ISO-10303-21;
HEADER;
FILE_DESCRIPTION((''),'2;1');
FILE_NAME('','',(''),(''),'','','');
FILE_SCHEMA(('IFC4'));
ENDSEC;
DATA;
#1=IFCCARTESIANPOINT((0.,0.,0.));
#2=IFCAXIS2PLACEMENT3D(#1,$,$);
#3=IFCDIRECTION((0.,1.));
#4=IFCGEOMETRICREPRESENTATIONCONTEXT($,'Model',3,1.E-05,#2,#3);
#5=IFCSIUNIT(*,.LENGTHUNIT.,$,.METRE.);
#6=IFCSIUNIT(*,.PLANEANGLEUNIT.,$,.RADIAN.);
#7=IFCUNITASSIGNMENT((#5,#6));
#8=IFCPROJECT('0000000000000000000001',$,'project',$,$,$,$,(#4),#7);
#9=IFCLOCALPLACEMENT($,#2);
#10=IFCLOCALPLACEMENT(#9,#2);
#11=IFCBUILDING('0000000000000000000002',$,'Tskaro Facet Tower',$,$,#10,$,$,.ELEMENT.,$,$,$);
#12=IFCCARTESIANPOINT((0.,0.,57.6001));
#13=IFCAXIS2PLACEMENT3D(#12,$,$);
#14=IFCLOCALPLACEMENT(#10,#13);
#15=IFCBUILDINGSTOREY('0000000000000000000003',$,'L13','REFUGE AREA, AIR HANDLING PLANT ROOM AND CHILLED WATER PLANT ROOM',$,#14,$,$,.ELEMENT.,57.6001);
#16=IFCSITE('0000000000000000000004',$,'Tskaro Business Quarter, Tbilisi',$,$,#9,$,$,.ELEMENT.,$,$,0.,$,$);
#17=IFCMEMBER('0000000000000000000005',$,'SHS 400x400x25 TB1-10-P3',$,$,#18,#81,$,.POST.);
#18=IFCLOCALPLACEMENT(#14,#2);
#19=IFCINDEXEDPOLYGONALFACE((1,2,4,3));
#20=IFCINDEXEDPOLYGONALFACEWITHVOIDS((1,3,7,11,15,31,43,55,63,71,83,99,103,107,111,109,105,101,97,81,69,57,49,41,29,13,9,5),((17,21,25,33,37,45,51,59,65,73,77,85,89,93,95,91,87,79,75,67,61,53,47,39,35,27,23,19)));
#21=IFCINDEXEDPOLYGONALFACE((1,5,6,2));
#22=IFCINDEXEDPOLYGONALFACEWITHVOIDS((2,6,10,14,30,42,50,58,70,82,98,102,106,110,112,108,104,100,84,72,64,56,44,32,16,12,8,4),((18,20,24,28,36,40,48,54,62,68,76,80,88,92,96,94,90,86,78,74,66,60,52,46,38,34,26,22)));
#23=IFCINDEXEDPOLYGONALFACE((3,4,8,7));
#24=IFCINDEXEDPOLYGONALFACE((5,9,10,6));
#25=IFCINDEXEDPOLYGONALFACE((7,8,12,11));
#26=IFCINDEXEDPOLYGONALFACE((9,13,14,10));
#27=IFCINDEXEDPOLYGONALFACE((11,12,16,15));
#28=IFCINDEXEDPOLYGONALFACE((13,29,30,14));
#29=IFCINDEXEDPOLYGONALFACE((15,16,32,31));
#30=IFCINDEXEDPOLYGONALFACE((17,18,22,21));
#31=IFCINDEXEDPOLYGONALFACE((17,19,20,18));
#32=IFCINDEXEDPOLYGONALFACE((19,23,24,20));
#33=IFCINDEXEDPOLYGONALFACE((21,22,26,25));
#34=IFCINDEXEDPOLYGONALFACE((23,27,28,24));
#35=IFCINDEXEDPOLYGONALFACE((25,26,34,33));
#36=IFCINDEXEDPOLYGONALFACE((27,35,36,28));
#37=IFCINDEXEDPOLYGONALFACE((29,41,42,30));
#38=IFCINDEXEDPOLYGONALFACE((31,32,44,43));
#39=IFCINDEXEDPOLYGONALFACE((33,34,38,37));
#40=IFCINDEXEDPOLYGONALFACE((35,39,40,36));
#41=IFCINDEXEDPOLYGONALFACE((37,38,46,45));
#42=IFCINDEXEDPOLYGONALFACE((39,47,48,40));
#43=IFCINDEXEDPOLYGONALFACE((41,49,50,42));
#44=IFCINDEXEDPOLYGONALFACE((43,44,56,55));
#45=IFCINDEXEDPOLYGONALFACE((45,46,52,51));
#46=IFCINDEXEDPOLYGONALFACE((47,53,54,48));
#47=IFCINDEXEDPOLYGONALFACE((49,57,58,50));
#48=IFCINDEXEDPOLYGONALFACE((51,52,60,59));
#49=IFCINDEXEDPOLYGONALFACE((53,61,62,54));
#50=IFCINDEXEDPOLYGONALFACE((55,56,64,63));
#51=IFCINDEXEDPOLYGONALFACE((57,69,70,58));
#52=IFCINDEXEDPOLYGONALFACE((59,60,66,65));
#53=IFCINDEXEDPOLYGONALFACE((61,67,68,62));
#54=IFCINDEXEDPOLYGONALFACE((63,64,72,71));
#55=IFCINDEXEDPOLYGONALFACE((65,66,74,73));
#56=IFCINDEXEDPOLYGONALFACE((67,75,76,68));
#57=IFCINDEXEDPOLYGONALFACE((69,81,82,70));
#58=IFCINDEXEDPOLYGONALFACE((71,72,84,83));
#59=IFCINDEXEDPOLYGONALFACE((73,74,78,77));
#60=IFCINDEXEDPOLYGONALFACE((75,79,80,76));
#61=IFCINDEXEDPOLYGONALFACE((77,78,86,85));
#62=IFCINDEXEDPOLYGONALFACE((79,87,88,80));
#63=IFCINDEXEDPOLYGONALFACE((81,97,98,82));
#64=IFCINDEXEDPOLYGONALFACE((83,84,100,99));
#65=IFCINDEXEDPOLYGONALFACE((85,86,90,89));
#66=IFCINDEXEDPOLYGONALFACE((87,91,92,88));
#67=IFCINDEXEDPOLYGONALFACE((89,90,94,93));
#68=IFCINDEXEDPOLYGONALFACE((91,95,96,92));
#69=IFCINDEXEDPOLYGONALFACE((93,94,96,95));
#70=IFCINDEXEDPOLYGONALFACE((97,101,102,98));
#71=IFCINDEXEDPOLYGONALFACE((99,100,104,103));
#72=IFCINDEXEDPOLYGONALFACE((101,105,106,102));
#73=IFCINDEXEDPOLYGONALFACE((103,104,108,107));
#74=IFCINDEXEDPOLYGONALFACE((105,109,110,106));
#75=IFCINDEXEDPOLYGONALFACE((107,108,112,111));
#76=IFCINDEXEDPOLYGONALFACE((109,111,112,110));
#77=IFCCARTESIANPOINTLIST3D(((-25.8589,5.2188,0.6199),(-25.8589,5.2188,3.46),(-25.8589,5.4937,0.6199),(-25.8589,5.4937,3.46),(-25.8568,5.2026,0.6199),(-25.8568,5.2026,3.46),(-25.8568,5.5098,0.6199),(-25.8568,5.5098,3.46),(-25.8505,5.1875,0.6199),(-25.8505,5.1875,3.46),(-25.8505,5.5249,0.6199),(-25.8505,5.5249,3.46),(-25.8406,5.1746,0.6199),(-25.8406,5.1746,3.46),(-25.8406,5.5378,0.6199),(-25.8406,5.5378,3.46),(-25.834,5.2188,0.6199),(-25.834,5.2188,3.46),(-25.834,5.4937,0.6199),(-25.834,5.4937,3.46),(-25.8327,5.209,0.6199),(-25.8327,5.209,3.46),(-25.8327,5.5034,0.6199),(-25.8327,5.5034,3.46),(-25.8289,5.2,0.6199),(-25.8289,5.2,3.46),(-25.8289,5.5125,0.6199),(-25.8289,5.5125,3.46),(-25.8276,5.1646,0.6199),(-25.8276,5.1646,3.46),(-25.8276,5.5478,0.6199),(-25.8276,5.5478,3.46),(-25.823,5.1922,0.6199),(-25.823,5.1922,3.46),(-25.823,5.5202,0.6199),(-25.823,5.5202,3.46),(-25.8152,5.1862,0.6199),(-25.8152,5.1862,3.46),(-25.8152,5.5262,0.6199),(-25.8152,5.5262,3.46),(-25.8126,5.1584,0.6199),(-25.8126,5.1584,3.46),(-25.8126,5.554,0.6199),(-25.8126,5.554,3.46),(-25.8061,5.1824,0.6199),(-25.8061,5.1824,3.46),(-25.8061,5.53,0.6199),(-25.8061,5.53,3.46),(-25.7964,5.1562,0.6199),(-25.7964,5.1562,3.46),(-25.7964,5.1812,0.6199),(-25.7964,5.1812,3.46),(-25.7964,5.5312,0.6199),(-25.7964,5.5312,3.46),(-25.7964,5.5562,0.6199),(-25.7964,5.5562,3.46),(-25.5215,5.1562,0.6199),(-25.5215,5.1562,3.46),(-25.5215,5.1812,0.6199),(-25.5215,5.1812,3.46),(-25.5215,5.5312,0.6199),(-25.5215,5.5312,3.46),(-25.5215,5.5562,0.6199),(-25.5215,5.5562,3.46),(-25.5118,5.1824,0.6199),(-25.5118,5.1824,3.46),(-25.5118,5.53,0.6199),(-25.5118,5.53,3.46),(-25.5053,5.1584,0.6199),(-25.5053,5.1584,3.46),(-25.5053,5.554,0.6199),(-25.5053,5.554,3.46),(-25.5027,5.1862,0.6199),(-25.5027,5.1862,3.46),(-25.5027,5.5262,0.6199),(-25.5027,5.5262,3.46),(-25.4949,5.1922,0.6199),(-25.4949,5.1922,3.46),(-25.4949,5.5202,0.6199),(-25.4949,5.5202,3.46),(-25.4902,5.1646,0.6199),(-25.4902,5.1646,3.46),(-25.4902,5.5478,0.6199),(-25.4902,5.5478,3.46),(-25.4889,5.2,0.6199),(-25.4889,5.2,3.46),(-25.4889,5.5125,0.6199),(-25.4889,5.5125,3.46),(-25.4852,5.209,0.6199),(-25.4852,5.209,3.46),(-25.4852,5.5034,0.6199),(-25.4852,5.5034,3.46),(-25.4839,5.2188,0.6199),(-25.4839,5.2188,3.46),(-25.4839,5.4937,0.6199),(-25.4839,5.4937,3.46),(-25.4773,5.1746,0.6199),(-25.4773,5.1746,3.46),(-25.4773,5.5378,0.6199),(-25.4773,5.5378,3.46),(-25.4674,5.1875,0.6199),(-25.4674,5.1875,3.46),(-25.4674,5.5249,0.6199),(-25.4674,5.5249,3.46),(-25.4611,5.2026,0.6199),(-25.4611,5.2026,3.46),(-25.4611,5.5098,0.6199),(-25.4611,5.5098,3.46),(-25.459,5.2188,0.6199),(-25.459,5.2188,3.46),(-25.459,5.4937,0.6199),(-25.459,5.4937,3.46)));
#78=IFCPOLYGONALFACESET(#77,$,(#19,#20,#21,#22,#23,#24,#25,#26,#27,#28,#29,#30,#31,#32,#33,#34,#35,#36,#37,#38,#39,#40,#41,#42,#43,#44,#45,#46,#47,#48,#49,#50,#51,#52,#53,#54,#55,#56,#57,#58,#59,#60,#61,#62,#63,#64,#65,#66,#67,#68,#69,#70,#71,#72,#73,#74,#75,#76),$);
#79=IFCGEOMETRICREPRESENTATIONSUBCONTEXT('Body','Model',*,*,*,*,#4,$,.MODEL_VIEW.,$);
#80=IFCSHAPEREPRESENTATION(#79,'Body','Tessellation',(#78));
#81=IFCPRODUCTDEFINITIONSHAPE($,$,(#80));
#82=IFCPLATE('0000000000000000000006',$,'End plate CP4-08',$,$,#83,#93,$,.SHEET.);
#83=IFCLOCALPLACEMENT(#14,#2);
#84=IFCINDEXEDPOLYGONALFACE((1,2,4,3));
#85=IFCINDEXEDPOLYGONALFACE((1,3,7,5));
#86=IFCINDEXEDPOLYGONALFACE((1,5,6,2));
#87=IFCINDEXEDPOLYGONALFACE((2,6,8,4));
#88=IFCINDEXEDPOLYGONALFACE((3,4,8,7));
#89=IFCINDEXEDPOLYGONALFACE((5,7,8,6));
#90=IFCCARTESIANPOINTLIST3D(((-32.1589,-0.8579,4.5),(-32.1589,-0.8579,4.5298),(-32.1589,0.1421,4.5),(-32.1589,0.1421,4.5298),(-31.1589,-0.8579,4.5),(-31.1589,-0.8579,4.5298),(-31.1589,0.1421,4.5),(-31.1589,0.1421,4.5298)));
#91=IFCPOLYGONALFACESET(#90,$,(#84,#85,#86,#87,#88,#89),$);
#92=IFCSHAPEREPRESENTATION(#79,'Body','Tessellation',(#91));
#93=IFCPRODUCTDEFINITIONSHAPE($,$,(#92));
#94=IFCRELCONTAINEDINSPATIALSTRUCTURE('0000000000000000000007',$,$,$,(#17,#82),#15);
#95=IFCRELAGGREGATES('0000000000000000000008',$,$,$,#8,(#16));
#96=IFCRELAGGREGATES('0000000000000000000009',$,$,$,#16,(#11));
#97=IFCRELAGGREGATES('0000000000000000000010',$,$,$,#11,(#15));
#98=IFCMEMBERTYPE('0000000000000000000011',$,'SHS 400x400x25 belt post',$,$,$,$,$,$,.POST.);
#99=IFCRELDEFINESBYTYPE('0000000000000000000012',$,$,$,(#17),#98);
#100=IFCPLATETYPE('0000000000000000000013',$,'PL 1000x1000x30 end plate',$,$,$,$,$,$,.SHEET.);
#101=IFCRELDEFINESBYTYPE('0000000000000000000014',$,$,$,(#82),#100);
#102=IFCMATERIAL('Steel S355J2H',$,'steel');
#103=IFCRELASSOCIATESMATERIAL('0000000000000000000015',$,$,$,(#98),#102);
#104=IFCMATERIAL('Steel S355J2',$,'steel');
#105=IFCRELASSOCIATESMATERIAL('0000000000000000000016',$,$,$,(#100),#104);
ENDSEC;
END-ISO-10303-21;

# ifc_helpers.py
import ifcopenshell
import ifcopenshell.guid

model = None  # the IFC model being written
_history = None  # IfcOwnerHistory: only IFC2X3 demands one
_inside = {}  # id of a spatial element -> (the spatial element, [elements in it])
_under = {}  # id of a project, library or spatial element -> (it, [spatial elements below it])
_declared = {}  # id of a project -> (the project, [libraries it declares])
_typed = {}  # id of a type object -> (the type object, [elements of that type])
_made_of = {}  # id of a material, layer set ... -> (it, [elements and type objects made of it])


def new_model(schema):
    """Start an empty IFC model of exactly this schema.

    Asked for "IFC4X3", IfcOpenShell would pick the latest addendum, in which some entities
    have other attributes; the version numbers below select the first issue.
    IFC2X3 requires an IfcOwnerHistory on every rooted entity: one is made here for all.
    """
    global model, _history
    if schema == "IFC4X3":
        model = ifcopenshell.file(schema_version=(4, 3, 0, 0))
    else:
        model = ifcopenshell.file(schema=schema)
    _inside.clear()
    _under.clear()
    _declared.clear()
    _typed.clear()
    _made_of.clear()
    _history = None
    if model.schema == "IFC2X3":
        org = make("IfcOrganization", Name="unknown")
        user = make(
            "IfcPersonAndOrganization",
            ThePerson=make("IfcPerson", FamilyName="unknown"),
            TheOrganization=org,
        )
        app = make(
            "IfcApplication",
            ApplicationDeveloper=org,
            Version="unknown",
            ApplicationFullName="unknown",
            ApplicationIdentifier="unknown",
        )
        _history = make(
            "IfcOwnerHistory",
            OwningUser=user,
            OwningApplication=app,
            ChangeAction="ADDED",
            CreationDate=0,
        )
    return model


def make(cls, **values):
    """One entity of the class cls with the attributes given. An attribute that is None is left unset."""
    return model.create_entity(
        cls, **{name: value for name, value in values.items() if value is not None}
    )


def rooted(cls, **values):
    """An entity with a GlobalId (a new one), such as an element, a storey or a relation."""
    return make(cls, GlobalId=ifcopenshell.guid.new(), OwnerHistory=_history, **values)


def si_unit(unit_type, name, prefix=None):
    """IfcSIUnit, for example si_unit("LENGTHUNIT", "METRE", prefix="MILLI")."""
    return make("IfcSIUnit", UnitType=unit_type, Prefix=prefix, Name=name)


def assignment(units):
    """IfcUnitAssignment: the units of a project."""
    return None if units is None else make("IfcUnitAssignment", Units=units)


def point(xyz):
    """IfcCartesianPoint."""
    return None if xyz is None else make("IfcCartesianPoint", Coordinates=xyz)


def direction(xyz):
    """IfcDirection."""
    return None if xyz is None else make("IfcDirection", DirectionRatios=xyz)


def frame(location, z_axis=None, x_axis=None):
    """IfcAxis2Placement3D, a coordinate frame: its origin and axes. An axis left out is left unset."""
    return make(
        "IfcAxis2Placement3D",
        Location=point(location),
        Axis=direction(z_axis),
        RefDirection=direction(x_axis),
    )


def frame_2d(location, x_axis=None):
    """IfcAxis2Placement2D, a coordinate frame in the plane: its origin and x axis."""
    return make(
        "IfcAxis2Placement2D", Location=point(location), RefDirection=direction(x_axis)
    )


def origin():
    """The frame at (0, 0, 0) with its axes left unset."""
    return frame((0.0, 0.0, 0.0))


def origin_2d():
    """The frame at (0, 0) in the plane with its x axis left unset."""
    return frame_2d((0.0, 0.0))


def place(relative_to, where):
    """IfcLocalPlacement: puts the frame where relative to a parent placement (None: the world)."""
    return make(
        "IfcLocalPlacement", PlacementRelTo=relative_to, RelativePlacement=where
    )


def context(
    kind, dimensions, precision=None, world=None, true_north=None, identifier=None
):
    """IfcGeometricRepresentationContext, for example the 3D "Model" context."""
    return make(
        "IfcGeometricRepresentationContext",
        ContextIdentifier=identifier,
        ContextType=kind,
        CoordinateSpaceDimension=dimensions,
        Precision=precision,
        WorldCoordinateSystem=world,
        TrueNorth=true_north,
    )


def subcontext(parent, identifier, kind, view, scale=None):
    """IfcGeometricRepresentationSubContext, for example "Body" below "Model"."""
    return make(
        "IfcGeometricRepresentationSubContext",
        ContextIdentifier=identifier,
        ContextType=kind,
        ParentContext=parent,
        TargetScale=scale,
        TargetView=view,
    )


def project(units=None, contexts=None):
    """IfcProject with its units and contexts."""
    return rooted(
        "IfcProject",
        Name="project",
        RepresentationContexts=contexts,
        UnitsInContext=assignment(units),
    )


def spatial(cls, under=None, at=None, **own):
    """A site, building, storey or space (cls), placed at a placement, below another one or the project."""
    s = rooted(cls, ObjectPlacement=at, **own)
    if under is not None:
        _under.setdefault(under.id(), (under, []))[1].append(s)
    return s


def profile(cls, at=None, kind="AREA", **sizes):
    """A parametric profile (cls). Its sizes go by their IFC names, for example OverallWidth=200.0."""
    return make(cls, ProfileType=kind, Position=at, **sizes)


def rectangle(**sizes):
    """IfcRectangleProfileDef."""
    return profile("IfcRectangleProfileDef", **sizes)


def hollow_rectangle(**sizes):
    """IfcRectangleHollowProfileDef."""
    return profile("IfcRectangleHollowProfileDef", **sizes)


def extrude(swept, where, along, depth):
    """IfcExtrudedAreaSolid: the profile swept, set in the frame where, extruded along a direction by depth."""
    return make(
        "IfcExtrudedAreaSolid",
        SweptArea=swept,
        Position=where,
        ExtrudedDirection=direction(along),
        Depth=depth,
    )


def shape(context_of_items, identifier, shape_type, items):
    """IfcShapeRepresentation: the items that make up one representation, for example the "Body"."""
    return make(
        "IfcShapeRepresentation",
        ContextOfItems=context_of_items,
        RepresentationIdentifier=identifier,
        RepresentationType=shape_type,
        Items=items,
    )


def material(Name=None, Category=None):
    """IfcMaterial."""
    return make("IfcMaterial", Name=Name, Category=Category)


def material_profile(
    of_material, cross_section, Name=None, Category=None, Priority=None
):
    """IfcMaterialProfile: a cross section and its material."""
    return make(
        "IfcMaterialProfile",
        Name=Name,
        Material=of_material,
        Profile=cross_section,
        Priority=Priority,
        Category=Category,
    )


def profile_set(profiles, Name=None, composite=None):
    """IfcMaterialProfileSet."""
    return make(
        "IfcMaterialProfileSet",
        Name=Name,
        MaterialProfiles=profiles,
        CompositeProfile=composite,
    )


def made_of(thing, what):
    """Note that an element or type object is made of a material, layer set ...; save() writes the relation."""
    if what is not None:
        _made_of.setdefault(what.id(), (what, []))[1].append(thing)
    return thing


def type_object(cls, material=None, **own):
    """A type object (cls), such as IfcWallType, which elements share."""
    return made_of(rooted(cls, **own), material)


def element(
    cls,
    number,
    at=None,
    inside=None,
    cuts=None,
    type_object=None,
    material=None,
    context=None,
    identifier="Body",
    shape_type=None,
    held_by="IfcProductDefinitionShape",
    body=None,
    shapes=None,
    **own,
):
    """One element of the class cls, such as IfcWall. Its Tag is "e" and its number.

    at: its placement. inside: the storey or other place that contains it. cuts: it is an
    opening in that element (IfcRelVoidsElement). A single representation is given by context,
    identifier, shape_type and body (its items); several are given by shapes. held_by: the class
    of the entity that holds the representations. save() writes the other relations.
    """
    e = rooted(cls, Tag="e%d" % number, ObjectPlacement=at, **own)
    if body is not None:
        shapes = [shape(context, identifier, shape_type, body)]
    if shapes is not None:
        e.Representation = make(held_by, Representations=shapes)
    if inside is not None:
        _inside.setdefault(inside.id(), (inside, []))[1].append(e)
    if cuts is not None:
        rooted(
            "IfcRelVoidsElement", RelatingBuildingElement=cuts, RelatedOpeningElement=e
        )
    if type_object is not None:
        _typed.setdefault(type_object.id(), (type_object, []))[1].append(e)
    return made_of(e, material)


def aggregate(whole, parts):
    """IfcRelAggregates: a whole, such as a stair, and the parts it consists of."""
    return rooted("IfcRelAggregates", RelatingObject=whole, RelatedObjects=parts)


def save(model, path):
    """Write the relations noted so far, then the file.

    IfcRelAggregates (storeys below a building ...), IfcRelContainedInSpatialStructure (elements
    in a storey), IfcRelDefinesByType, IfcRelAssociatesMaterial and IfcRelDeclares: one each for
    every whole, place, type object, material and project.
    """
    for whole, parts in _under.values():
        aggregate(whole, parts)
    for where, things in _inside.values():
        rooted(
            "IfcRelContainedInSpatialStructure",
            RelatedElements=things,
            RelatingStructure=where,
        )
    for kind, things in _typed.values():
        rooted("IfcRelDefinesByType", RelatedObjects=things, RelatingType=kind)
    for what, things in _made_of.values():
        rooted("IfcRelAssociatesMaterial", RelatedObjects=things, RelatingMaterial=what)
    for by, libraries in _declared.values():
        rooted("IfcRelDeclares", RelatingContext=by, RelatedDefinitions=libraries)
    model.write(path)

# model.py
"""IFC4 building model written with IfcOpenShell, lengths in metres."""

from ifc_helpers import new_model, si_unit, direction, frame, origin, origin_2d, place, context, subcontext, project, spatial, rectangle, hollow_rectangle, extrude, material, material_profile, profile_set, type_object, element, save


model = new_model("IFC4")

# Units and contexts
model_context = context("Model", 3, precision=1e-05, world=origin(), true_north=direction((0.0, 1.0)))
body_context = subcontext(model_context, "Body", "Model", "MODEL_VIEW")
ifc_project = project(units=[si_unit("LENGTHUNIT", "METRE"), si_unit("PLANEANGLEUNIT", "RADIAN")], contexts=[model_context])

# Site, building, storey
site_placement = place(None, origin())
site = spatial("IfcSite", under=ifc_project, at=site_placement, Name="Tskaro Business Quarter, Tbilisi", CompositionType="ELEMENT", RefElevation=0.0)
building_placement = place(site_placement, origin())
building = spatial("IfcBuilding", under=site, at=building_placement, Name="Tskaro Facet Tower", CompositionType="ELEMENT")
storey_placement = place(building_placement, frame((0.0, 0.0, 57.6001)))
storey = spatial("IfcBuildingStorey", under=building, at=storey_placement, Name="L13", Description="REFUGE AREA, AIR HANDLING PLANT ROOM AND CHILLED WATER PLANT ROOM", CompositionType="ELEMENT", Elevation=57.6001)

# Shared definitions
ifc_material_1 = material(Name="Steel S355J2H", Category="steel")

# Shared definitions
ifc_material_2 = material(Name="Steel S355J2", Category="steel")

# Member
ifc_material_profile_1 = material_profile(ifc_material_1, hollow_rectangle(XDim=0.3999, YDim=0.3999, WallThickness=0.0249, InnerFilletRadius=0.0376, OuterFilletRadius=0.0625, at=origin_2d()), Name="SHS 400x400x25")
ifc_profile_set_1 = profile_set([ifc_material_profile_1], Name="Steel S355J2H")
member_type_1 = type_object("IfcMemberType", Name="SHS 400x400x25 belt post", PredefinedType="POST", material=ifc_profile_set_1)
for number, where, z_axis, x_axis, name in (
    (1, (-25.6589, 5.3562, 0.6199), (0.0, 0.0, 1.0), (1.0, 0.0, 0.0), "SHS 400x400x25 TB1-10-P3"),
):
    element("IfcMember", number, at=place(storey_placement, frame(where, z_axis=z_axis, x_axis=x_axis)), inside=storey, type_object=member_type_1, Name=name, PredefinedType="POST", context=body_context, shape_type="SweptSolid", body=[
        extrude(hollow_rectangle(XDim=0.3999, YDim=0.3999, WallThickness=0.0249, InnerFilletRadius=0.0376, OuterFilletRadius=0.0625, at=origin_2d()), origin(), (0.0, 0.0, 1.0), 2.8401),
    ])

# Plate
ifc_material_profile_2 = material_profile(ifc_material_2, rectangle(XDim=1.0, YDim=1.0, at=origin_2d()), Name="PL 1000x1000x30 end plate")
ifc_profile_set_2 = profile_set([ifc_material_profile_2], Name="Steel S355J2")
plate_type = type_object("IfcPlateType", Name="PL 1000x1000x30 end plate", PredefinedType="SHEET", material=ifc_profile_set_2)
plate_placement = place(storey_placement, frame((-31.6589, -0.3579, 4.5), z_axis=(0.0, 0.0, 1.0), x_axis=(1.0, 0.0, 0.0)))
element("IfcPlate", 2, at=plate_placement, inside=storey, type_object=plate_type, Name="End plate CP4-08", PredefinedType="SHEET", context=body_context, shape_type="SweptSolid", body=[
    extrude(rectangle(XDim=1.0, YDim=1.0, at=origin_2d()), origin(), (0.0, 0.0, 1.0), 0.0298),
])

save(model, "model.ifc")
